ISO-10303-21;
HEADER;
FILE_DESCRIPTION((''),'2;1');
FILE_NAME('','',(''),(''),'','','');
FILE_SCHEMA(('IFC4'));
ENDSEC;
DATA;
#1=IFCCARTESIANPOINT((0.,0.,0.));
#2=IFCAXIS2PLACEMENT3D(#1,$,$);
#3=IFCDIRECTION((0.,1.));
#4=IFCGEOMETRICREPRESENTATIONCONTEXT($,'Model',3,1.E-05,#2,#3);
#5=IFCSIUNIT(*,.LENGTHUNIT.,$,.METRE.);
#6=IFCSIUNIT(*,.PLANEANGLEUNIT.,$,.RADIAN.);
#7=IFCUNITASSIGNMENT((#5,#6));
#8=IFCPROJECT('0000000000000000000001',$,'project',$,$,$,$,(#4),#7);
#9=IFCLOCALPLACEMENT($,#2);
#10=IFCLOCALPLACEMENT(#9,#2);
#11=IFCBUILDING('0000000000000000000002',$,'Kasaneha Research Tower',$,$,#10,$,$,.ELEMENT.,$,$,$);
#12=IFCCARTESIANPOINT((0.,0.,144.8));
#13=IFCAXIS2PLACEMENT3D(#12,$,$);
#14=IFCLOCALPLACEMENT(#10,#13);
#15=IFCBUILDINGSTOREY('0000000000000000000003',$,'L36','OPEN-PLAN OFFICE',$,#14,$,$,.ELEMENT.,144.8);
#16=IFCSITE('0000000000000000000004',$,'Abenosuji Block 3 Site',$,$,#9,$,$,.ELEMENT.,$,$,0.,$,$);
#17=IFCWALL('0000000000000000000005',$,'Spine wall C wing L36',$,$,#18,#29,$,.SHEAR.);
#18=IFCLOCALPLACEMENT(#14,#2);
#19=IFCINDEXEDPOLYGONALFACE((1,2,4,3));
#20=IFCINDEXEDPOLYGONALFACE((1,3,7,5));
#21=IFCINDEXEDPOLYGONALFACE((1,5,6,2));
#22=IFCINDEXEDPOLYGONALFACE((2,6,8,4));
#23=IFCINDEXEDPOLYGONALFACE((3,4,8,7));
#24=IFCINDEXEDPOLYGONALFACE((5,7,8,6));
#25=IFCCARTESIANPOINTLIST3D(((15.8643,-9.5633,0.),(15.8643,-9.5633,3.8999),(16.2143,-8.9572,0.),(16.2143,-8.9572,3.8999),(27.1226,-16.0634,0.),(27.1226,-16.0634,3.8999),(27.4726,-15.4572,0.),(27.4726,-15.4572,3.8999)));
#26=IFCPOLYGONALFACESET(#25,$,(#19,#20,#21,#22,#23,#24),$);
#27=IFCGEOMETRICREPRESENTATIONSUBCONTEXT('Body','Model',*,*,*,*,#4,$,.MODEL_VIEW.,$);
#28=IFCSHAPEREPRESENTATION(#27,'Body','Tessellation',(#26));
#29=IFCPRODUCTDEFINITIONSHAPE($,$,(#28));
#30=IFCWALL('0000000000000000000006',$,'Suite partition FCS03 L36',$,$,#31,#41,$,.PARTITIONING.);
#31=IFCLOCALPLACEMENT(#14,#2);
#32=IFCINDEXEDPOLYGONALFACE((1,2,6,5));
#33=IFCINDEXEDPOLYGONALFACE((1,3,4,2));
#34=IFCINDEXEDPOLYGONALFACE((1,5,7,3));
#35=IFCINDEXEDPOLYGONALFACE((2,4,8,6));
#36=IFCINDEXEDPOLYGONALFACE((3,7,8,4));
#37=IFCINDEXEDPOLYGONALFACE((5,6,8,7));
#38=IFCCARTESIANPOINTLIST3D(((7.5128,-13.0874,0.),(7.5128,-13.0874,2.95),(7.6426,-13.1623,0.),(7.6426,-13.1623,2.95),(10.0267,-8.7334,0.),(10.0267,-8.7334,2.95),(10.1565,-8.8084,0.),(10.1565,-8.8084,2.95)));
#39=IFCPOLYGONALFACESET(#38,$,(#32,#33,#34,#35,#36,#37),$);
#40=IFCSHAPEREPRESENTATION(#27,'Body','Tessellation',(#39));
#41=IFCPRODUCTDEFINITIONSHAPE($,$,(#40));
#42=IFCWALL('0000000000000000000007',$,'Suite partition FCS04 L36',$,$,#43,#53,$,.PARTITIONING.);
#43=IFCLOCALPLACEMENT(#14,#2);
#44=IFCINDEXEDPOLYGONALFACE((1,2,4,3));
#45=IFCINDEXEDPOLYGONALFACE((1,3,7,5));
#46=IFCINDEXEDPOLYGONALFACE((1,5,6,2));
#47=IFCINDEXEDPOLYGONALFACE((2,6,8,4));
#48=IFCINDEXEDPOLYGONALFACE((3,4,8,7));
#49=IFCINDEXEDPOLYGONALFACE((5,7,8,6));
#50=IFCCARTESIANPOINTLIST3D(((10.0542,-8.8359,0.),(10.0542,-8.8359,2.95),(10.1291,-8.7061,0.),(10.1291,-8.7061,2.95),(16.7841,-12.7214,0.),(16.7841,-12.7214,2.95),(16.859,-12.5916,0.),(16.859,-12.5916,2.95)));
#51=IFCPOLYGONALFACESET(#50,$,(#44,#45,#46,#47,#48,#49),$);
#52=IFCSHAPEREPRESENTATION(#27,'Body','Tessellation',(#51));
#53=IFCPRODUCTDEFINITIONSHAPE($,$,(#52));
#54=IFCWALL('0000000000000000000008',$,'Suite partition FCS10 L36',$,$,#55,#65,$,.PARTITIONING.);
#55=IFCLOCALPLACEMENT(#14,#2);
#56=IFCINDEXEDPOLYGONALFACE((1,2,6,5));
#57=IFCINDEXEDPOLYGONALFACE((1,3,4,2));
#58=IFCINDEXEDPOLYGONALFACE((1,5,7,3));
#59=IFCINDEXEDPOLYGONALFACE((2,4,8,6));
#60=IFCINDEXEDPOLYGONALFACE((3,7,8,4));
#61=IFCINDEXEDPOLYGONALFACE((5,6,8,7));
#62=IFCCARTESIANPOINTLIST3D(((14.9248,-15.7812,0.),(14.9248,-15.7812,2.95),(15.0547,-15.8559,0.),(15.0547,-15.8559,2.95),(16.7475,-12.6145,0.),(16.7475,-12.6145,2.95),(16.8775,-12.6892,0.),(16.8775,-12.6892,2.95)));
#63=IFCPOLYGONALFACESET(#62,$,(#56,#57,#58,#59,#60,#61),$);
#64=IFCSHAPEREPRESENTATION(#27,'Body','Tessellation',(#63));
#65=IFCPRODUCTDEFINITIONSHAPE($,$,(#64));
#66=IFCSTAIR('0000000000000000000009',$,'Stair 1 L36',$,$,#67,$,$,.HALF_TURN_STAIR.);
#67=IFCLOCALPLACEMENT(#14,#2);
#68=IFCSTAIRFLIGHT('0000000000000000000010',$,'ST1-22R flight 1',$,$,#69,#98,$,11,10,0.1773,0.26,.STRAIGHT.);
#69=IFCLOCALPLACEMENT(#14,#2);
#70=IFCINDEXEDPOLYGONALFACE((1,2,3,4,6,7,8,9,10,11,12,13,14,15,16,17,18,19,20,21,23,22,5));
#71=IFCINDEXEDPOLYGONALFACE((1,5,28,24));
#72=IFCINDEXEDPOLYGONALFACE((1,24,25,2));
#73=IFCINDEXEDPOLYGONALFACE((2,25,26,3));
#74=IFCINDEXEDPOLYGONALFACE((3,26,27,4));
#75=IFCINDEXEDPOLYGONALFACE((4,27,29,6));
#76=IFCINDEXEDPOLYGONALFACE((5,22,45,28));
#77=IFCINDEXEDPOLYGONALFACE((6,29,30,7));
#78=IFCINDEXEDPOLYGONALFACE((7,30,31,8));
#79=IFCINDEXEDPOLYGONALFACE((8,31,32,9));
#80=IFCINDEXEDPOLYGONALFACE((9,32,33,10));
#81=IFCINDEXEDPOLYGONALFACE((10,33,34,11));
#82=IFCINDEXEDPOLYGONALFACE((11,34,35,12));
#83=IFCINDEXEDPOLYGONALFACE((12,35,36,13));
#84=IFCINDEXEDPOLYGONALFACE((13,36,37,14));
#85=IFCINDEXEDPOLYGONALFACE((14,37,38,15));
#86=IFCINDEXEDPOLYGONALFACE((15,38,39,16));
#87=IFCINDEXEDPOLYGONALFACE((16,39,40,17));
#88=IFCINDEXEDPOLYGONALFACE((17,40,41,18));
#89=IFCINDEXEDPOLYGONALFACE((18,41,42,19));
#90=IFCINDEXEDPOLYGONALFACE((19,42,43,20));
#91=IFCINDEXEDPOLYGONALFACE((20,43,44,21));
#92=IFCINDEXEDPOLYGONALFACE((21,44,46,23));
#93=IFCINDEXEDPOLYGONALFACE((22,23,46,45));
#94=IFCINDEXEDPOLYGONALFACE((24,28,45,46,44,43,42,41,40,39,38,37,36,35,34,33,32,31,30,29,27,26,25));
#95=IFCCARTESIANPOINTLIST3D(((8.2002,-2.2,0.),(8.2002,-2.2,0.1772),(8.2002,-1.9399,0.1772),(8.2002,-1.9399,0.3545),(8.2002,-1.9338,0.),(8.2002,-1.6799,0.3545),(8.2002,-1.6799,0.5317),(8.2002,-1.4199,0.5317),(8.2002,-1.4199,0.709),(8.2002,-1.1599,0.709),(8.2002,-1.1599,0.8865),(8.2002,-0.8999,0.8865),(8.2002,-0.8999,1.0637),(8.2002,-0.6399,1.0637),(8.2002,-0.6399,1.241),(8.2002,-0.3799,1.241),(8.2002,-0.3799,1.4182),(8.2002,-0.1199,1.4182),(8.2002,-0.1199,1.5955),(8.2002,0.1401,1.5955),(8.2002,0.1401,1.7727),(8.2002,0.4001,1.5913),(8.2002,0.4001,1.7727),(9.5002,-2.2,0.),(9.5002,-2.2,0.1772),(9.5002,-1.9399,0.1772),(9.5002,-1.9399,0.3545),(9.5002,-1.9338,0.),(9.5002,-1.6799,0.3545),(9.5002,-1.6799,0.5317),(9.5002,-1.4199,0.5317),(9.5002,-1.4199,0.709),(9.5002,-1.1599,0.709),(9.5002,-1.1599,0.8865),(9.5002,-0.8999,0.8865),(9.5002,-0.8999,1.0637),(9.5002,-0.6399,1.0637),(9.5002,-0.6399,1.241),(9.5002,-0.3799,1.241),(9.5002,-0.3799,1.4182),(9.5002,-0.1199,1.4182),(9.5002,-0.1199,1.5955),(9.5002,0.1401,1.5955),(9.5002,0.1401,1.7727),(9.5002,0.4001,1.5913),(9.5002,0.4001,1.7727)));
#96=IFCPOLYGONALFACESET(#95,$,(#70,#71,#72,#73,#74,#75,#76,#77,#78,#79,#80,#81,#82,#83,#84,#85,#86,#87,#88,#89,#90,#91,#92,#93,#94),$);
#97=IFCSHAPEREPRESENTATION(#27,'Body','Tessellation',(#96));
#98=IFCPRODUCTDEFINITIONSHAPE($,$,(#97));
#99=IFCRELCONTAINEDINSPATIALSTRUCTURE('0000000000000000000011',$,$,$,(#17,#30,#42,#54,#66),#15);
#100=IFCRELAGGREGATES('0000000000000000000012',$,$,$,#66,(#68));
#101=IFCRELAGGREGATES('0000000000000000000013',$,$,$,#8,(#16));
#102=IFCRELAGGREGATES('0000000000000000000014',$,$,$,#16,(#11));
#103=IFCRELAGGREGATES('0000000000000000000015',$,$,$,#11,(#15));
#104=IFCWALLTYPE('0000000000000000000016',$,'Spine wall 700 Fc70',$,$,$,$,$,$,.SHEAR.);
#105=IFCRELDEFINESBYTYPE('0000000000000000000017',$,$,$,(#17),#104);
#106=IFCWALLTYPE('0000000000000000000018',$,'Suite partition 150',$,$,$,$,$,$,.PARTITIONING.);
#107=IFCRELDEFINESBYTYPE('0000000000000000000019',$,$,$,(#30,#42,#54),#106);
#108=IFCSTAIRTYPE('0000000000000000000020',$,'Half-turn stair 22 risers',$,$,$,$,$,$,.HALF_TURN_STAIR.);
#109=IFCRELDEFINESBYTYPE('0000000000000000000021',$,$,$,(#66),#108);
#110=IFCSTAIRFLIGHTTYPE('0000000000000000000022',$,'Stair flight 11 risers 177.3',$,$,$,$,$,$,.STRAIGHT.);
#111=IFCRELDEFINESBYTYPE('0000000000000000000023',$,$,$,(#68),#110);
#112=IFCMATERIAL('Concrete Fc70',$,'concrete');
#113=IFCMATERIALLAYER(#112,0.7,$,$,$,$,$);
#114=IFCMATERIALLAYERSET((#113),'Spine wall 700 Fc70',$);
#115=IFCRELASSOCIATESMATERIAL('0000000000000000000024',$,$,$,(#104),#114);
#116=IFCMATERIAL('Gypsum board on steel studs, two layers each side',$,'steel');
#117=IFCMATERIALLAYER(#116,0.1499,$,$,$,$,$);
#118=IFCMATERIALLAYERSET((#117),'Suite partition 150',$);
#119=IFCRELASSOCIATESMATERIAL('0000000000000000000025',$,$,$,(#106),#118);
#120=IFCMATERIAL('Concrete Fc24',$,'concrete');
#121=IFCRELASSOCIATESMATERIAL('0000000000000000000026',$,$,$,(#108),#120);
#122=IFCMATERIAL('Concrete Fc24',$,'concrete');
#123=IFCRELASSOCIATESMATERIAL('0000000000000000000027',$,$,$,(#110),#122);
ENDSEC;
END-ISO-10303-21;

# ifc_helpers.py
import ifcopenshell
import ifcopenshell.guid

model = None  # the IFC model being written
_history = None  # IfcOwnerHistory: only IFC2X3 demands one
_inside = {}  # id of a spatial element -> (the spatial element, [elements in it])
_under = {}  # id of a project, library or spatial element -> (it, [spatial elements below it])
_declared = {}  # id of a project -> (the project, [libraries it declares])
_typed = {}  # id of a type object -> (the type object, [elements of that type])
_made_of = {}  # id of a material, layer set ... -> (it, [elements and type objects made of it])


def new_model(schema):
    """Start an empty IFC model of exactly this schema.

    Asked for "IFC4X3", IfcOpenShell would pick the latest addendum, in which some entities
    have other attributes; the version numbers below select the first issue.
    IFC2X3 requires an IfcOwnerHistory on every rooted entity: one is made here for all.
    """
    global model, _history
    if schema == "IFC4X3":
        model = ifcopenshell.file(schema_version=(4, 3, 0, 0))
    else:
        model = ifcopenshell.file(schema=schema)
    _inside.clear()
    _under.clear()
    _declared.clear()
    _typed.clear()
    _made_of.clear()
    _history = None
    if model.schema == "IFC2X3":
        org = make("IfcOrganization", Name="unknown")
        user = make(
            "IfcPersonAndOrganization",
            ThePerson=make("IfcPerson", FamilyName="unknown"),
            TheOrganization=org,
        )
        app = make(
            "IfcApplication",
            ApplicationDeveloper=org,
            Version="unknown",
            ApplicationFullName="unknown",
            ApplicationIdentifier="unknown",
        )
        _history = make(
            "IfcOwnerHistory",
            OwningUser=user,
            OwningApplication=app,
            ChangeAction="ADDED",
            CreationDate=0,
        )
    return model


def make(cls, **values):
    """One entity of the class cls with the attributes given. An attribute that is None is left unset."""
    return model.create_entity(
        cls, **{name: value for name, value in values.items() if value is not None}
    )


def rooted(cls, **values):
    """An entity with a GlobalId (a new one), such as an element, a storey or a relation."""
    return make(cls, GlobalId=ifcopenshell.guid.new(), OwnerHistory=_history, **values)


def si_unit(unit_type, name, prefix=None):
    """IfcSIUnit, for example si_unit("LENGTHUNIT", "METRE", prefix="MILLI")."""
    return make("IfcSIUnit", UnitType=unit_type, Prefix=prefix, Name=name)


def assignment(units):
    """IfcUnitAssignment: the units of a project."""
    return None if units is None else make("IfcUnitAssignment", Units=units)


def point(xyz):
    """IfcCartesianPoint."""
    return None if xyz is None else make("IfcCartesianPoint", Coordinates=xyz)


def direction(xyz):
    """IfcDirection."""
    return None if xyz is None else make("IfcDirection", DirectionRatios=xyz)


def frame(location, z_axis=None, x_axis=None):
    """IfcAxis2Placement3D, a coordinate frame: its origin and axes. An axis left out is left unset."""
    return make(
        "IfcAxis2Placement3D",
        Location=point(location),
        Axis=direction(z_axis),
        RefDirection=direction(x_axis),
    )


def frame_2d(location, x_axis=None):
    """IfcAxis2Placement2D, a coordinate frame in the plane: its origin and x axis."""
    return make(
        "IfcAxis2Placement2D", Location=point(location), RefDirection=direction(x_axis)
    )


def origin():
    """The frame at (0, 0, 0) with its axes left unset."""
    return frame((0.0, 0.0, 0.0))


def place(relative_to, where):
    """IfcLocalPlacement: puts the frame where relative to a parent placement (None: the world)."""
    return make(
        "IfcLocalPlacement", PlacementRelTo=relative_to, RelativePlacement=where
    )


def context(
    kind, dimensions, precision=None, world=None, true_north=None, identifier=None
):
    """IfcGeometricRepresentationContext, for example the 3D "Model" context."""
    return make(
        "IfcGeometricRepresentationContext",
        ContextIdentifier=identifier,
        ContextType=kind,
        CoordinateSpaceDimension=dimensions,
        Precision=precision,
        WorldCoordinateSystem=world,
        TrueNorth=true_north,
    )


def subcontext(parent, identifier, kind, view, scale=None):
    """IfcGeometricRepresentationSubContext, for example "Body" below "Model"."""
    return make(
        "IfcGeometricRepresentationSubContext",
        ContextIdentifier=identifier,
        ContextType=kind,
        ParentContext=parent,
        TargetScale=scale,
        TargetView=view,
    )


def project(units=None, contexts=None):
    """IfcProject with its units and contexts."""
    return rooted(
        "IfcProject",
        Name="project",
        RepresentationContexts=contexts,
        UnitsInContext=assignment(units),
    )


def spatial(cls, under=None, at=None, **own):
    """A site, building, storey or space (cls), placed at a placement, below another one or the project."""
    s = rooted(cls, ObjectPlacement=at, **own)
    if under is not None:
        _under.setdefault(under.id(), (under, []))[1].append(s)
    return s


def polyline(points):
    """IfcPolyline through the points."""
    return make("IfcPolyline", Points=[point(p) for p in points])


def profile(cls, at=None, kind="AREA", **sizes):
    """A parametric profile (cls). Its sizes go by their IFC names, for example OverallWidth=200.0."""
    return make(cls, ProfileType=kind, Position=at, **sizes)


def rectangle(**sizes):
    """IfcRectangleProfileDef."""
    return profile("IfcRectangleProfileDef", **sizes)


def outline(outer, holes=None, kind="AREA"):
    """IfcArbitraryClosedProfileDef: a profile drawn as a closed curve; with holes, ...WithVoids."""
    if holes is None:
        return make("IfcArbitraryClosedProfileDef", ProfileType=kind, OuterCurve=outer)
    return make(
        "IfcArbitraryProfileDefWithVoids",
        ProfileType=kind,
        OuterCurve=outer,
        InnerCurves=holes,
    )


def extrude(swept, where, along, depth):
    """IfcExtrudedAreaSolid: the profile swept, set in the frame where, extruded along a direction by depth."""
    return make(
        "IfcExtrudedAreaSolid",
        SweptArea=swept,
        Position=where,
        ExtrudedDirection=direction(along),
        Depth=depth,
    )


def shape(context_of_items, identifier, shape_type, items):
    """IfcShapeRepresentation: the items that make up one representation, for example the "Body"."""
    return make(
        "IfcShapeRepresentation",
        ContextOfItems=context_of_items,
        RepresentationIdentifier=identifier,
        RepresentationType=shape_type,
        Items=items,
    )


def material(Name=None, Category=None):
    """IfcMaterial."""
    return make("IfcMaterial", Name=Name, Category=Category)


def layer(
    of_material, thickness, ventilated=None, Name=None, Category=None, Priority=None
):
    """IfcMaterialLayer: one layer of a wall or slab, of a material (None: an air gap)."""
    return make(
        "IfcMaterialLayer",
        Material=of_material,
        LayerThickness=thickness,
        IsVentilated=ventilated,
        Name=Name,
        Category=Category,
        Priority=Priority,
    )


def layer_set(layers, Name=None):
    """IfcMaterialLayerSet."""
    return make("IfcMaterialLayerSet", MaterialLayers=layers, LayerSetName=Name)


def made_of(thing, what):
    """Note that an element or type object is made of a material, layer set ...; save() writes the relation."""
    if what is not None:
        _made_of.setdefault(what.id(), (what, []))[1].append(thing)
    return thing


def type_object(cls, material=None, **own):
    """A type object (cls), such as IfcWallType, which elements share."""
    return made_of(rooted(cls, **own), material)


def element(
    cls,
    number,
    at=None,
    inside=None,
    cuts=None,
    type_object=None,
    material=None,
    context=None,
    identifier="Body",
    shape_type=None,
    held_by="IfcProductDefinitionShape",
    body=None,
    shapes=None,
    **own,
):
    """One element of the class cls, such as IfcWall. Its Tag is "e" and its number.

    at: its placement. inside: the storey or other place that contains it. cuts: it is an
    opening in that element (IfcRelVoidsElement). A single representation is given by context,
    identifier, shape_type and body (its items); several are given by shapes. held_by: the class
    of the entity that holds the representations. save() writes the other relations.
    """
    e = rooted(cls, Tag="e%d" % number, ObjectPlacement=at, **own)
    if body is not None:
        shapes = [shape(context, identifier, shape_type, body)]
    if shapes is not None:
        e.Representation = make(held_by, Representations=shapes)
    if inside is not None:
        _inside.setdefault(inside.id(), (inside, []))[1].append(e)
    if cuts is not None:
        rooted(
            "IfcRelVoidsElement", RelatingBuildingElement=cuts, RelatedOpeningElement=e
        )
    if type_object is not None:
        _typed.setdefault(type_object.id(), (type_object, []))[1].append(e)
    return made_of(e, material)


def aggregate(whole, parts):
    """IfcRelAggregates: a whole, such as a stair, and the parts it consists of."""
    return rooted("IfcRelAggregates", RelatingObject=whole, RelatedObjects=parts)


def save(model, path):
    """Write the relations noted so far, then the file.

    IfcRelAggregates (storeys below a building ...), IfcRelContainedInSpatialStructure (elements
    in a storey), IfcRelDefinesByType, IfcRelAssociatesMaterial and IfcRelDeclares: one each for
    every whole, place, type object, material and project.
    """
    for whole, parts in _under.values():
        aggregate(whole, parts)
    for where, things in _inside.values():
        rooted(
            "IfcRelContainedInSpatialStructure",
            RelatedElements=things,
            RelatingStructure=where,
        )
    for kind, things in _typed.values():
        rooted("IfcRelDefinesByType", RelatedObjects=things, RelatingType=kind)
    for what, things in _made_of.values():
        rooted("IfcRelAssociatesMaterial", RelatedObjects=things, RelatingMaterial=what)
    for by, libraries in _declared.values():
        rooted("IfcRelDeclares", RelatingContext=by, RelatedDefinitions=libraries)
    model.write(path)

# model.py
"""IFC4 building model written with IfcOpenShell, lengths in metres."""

from ifc_helpers import new_model, si_unit, direction, frame, frame_2d, origin, place, context, subcontext, project, spatial, polyline, rectangle, outline, extrude, material, layer, layer_set, type_object, element, aggregate, save


model = new_model("IFC4")

# Units and contexts
model_context = context("Model", 3, precision=1e-05, world=origin(), true_north=direction((0.0, 1.0)))
body_context = subcontext(model_context, "Body", "Model", "MODEL_VIEW")
ifc_project = project(units=[si_unit("LENGTHUNIT", "METRE"), si_unit("PLANEANGLEUNIT", "RADIAN")], contexts=[model_context])

# Site, building, storey
site_placement = place(None, origin())
site = spatial("IfcSite", under=ifc_project, at=site_placement, Name="Abenosuji Block 3 Site", CompositionType="ELEMENT", RefElevation=0.0)
building_placement = place(site_placement, origin())
building = spatial("IfcBuilding", under=site, at=building_placement, Name="Kasaneha Research Tower", CompositionType="ELEMENT")
storey_placement = place(building_placement, frame((0.0, 0.0, 144.8)))
storey = spatial("IfcBuildingStorey", under=building, at=storey_placement, Name="L36", Description="OPEN-PLAN OFFICE", CompositionType="ELEMENT", Elevation=144.8)

# Shared definitions
ifc_material_1 = material(Name="Concrete Fc70", Category="concrete")
ifc_layer_1 = layer(ifc_material_1, 0.7)
ifc_layer_set_1 = layer_set([ifc_layer_1], Name="Spine wall 700 Fc70")
wall_type_1 = type_object("IfcWallType", Name="Spine wall 700 Fc70", PredefinedType="SHEAR", material=ifc_layer_set_1)

# Walls
wall_1_placement = place(storey_placement, frame((16.0393, -9.2603, 0.0), z_axis=(0.0, 0.0, 1.0), x_axis=(0.866025, -0.500001, 0.0)))
element("IfcWall", 1, at=wall_1_placement, inside=storey, type_object=wall_type_1, Name="Spine wall C wing L36", PredefinedType="SHEAR", context=body_context, shape_type="SweptSolid", body=[
    extrude(rectangle(XDim=13.0, YDim=0.7, at=frame_2d((6.5, 0.0))), origin(), (0.0, 0.0, 1.0), 3.8999),
])
ifc_material_2 = material(Name="Gypsum board on steel studs, two layers each side", Category="steel")
ifc_layer_2 = layer(ifc_material_2, 0.1499)
ifc_layer_set_2 = layer_set([ifc_layer_2], Name="Suite partition 150")
wall_type_2 = type_object("IfcWallType", Name="Suite partition 150", PredefinedType="PARTITIONING", material=ifc_layer_set_2)
wall_2_placement = place(storey_placement, frame((10.0916, -8.771, 0.0), z_axis=(0.0, 0.0, 1.0), x_axis=(-0.500019, -0.866014, 0.0)))
element("IfcWall", 2, at=wall_2_placement, inside=storey, type_object=wall_type_2, Name="Suite partition FCS03 L36", PredefinedType="PARTITIONING", context=body_context, shape_type="SweptSolid", body=[
    extrude(rectangle(XDim=5.0276, YDim=0.1499, at=frame_2d((2.5137, 0.0))), origin(), (0.0, 0.0, 1.0), 2.95),
])
wall_3_placement = place(storey_placement, frame((16.8215, -12.6565, 0.0), z_axis=(0.0, 0.0, 1.0), x_axis=(-0.866029, 0.499994, 0.0)))
element("IfcWall", 3, at=wall_3_placement, inside=storey, type_object=wall_type_2, Name="Suite partition FCS04 L36", PredefinedType="PARTITIONING", context=body_context, shape_type="SweptSolid", body=[
    extrude(rectangle(XDim=7.771, YDim=0.1499, at=frame_2d((3.8855, 0.0))), origin(), (0.0, 0.0, 1.0), 2.95),
])
wall_4_placement = place(storey_placement, frame((16.8125, -12.6519, 0.0), z_axis=(0.0, 0.0, 1.0), x_axis=(-0.498856, -0.866685, 0.0)))
element("IfcWall", 4, at=wall_4_placement, inside=storey, type_object=wall_type_2, Name="Suite partition FCS10 L36", PredefinedType="PARTITIONING", context=body_context, shape_type="SweptSolid", body=[
    extrude(rectangle(XDim=3.6538, YDim=0.1499, at=frame_2d((1.8269, 0.0))), origin(), (0.0, 0.0, 1.0), 2.95),
])

# Stair, stair flight
ifc_material_3 = material(Name="Concrete Fc24", Category="concrete")
stair_type = type_object("IfcStairType", Name="Half-turn stair 22 risers", PredefinedType="HALF_TURN_STAIR", material=ifc_material_3)
stair_placement = place(storey_placement, origin())
stair = element("IfcStair", 5, at=stair_placement, inside=storey, type_object=stair_type, Name="Stair 1 L36", PredefinedType="HALF_TURN_STAIR")
ifc_material_4 = material(Name="Concrete Fc24", Category="concrete")
stair_flight_type = type_object("IfcStairFlightType", Name="Stair flight 11 risers 177.3", PredefinedType="STRAIGHT", material=ifc_material_4)
stair_flight_placement = place(storey_placement, frame((8.8501, -2.2, 0.0), z_axis=(0.0, 0.0, 1.0), x_axis=(0.0, 1.0, 0.0)))
stair_flight = element("IfcStairFlight", 6, at=stair_flight_placement, type_object=stair_flight_type, Name="ST1-22R flight 1", NumberOfRisers=11, NumberOfTreads=10, PredefinedType="STRAIGHT", RiserHeight=0.1773, TreadLength=0.26, context=body_context, shape_type="SweptSolid", body=[
    extrude(outline(polyline([(0.0, 0.0), (0.0, 0.1772), (0.26, 0.1772), (0.26, 0.3545), (0.52, 0.3545), (0.52, 0.5317), (0.78, 0.5317), (0.78, 0.709), (1.04, 0.709), (1.04, 0.8865), (1.3, 0.8865), (1.3, 1.0637), (1.5601, 1.0637), (1.5601, 1.241), (1.8201, 1.241), (1.8201, 1.4182), (2.0801, 1.4182), (2.0801, 1.5955), (2.3401, 1.5955), (2.3401, 1.7727), (2.6001, 1.7727), (2.6001, 1.95), (2.6001, 1.5913), (0.2661, 0.0), (0.0, 0.0)])), frame((0.0, 0.6499, 0.0), z_axis=(0.0, -1.0, 0.0), x_axis=(1.0, 0.0, 0.0)), (0.0, 0.0, 1.0), 1.3),
])
aggregate(stair, [stair_flight])

save(model, "model.ifc")
